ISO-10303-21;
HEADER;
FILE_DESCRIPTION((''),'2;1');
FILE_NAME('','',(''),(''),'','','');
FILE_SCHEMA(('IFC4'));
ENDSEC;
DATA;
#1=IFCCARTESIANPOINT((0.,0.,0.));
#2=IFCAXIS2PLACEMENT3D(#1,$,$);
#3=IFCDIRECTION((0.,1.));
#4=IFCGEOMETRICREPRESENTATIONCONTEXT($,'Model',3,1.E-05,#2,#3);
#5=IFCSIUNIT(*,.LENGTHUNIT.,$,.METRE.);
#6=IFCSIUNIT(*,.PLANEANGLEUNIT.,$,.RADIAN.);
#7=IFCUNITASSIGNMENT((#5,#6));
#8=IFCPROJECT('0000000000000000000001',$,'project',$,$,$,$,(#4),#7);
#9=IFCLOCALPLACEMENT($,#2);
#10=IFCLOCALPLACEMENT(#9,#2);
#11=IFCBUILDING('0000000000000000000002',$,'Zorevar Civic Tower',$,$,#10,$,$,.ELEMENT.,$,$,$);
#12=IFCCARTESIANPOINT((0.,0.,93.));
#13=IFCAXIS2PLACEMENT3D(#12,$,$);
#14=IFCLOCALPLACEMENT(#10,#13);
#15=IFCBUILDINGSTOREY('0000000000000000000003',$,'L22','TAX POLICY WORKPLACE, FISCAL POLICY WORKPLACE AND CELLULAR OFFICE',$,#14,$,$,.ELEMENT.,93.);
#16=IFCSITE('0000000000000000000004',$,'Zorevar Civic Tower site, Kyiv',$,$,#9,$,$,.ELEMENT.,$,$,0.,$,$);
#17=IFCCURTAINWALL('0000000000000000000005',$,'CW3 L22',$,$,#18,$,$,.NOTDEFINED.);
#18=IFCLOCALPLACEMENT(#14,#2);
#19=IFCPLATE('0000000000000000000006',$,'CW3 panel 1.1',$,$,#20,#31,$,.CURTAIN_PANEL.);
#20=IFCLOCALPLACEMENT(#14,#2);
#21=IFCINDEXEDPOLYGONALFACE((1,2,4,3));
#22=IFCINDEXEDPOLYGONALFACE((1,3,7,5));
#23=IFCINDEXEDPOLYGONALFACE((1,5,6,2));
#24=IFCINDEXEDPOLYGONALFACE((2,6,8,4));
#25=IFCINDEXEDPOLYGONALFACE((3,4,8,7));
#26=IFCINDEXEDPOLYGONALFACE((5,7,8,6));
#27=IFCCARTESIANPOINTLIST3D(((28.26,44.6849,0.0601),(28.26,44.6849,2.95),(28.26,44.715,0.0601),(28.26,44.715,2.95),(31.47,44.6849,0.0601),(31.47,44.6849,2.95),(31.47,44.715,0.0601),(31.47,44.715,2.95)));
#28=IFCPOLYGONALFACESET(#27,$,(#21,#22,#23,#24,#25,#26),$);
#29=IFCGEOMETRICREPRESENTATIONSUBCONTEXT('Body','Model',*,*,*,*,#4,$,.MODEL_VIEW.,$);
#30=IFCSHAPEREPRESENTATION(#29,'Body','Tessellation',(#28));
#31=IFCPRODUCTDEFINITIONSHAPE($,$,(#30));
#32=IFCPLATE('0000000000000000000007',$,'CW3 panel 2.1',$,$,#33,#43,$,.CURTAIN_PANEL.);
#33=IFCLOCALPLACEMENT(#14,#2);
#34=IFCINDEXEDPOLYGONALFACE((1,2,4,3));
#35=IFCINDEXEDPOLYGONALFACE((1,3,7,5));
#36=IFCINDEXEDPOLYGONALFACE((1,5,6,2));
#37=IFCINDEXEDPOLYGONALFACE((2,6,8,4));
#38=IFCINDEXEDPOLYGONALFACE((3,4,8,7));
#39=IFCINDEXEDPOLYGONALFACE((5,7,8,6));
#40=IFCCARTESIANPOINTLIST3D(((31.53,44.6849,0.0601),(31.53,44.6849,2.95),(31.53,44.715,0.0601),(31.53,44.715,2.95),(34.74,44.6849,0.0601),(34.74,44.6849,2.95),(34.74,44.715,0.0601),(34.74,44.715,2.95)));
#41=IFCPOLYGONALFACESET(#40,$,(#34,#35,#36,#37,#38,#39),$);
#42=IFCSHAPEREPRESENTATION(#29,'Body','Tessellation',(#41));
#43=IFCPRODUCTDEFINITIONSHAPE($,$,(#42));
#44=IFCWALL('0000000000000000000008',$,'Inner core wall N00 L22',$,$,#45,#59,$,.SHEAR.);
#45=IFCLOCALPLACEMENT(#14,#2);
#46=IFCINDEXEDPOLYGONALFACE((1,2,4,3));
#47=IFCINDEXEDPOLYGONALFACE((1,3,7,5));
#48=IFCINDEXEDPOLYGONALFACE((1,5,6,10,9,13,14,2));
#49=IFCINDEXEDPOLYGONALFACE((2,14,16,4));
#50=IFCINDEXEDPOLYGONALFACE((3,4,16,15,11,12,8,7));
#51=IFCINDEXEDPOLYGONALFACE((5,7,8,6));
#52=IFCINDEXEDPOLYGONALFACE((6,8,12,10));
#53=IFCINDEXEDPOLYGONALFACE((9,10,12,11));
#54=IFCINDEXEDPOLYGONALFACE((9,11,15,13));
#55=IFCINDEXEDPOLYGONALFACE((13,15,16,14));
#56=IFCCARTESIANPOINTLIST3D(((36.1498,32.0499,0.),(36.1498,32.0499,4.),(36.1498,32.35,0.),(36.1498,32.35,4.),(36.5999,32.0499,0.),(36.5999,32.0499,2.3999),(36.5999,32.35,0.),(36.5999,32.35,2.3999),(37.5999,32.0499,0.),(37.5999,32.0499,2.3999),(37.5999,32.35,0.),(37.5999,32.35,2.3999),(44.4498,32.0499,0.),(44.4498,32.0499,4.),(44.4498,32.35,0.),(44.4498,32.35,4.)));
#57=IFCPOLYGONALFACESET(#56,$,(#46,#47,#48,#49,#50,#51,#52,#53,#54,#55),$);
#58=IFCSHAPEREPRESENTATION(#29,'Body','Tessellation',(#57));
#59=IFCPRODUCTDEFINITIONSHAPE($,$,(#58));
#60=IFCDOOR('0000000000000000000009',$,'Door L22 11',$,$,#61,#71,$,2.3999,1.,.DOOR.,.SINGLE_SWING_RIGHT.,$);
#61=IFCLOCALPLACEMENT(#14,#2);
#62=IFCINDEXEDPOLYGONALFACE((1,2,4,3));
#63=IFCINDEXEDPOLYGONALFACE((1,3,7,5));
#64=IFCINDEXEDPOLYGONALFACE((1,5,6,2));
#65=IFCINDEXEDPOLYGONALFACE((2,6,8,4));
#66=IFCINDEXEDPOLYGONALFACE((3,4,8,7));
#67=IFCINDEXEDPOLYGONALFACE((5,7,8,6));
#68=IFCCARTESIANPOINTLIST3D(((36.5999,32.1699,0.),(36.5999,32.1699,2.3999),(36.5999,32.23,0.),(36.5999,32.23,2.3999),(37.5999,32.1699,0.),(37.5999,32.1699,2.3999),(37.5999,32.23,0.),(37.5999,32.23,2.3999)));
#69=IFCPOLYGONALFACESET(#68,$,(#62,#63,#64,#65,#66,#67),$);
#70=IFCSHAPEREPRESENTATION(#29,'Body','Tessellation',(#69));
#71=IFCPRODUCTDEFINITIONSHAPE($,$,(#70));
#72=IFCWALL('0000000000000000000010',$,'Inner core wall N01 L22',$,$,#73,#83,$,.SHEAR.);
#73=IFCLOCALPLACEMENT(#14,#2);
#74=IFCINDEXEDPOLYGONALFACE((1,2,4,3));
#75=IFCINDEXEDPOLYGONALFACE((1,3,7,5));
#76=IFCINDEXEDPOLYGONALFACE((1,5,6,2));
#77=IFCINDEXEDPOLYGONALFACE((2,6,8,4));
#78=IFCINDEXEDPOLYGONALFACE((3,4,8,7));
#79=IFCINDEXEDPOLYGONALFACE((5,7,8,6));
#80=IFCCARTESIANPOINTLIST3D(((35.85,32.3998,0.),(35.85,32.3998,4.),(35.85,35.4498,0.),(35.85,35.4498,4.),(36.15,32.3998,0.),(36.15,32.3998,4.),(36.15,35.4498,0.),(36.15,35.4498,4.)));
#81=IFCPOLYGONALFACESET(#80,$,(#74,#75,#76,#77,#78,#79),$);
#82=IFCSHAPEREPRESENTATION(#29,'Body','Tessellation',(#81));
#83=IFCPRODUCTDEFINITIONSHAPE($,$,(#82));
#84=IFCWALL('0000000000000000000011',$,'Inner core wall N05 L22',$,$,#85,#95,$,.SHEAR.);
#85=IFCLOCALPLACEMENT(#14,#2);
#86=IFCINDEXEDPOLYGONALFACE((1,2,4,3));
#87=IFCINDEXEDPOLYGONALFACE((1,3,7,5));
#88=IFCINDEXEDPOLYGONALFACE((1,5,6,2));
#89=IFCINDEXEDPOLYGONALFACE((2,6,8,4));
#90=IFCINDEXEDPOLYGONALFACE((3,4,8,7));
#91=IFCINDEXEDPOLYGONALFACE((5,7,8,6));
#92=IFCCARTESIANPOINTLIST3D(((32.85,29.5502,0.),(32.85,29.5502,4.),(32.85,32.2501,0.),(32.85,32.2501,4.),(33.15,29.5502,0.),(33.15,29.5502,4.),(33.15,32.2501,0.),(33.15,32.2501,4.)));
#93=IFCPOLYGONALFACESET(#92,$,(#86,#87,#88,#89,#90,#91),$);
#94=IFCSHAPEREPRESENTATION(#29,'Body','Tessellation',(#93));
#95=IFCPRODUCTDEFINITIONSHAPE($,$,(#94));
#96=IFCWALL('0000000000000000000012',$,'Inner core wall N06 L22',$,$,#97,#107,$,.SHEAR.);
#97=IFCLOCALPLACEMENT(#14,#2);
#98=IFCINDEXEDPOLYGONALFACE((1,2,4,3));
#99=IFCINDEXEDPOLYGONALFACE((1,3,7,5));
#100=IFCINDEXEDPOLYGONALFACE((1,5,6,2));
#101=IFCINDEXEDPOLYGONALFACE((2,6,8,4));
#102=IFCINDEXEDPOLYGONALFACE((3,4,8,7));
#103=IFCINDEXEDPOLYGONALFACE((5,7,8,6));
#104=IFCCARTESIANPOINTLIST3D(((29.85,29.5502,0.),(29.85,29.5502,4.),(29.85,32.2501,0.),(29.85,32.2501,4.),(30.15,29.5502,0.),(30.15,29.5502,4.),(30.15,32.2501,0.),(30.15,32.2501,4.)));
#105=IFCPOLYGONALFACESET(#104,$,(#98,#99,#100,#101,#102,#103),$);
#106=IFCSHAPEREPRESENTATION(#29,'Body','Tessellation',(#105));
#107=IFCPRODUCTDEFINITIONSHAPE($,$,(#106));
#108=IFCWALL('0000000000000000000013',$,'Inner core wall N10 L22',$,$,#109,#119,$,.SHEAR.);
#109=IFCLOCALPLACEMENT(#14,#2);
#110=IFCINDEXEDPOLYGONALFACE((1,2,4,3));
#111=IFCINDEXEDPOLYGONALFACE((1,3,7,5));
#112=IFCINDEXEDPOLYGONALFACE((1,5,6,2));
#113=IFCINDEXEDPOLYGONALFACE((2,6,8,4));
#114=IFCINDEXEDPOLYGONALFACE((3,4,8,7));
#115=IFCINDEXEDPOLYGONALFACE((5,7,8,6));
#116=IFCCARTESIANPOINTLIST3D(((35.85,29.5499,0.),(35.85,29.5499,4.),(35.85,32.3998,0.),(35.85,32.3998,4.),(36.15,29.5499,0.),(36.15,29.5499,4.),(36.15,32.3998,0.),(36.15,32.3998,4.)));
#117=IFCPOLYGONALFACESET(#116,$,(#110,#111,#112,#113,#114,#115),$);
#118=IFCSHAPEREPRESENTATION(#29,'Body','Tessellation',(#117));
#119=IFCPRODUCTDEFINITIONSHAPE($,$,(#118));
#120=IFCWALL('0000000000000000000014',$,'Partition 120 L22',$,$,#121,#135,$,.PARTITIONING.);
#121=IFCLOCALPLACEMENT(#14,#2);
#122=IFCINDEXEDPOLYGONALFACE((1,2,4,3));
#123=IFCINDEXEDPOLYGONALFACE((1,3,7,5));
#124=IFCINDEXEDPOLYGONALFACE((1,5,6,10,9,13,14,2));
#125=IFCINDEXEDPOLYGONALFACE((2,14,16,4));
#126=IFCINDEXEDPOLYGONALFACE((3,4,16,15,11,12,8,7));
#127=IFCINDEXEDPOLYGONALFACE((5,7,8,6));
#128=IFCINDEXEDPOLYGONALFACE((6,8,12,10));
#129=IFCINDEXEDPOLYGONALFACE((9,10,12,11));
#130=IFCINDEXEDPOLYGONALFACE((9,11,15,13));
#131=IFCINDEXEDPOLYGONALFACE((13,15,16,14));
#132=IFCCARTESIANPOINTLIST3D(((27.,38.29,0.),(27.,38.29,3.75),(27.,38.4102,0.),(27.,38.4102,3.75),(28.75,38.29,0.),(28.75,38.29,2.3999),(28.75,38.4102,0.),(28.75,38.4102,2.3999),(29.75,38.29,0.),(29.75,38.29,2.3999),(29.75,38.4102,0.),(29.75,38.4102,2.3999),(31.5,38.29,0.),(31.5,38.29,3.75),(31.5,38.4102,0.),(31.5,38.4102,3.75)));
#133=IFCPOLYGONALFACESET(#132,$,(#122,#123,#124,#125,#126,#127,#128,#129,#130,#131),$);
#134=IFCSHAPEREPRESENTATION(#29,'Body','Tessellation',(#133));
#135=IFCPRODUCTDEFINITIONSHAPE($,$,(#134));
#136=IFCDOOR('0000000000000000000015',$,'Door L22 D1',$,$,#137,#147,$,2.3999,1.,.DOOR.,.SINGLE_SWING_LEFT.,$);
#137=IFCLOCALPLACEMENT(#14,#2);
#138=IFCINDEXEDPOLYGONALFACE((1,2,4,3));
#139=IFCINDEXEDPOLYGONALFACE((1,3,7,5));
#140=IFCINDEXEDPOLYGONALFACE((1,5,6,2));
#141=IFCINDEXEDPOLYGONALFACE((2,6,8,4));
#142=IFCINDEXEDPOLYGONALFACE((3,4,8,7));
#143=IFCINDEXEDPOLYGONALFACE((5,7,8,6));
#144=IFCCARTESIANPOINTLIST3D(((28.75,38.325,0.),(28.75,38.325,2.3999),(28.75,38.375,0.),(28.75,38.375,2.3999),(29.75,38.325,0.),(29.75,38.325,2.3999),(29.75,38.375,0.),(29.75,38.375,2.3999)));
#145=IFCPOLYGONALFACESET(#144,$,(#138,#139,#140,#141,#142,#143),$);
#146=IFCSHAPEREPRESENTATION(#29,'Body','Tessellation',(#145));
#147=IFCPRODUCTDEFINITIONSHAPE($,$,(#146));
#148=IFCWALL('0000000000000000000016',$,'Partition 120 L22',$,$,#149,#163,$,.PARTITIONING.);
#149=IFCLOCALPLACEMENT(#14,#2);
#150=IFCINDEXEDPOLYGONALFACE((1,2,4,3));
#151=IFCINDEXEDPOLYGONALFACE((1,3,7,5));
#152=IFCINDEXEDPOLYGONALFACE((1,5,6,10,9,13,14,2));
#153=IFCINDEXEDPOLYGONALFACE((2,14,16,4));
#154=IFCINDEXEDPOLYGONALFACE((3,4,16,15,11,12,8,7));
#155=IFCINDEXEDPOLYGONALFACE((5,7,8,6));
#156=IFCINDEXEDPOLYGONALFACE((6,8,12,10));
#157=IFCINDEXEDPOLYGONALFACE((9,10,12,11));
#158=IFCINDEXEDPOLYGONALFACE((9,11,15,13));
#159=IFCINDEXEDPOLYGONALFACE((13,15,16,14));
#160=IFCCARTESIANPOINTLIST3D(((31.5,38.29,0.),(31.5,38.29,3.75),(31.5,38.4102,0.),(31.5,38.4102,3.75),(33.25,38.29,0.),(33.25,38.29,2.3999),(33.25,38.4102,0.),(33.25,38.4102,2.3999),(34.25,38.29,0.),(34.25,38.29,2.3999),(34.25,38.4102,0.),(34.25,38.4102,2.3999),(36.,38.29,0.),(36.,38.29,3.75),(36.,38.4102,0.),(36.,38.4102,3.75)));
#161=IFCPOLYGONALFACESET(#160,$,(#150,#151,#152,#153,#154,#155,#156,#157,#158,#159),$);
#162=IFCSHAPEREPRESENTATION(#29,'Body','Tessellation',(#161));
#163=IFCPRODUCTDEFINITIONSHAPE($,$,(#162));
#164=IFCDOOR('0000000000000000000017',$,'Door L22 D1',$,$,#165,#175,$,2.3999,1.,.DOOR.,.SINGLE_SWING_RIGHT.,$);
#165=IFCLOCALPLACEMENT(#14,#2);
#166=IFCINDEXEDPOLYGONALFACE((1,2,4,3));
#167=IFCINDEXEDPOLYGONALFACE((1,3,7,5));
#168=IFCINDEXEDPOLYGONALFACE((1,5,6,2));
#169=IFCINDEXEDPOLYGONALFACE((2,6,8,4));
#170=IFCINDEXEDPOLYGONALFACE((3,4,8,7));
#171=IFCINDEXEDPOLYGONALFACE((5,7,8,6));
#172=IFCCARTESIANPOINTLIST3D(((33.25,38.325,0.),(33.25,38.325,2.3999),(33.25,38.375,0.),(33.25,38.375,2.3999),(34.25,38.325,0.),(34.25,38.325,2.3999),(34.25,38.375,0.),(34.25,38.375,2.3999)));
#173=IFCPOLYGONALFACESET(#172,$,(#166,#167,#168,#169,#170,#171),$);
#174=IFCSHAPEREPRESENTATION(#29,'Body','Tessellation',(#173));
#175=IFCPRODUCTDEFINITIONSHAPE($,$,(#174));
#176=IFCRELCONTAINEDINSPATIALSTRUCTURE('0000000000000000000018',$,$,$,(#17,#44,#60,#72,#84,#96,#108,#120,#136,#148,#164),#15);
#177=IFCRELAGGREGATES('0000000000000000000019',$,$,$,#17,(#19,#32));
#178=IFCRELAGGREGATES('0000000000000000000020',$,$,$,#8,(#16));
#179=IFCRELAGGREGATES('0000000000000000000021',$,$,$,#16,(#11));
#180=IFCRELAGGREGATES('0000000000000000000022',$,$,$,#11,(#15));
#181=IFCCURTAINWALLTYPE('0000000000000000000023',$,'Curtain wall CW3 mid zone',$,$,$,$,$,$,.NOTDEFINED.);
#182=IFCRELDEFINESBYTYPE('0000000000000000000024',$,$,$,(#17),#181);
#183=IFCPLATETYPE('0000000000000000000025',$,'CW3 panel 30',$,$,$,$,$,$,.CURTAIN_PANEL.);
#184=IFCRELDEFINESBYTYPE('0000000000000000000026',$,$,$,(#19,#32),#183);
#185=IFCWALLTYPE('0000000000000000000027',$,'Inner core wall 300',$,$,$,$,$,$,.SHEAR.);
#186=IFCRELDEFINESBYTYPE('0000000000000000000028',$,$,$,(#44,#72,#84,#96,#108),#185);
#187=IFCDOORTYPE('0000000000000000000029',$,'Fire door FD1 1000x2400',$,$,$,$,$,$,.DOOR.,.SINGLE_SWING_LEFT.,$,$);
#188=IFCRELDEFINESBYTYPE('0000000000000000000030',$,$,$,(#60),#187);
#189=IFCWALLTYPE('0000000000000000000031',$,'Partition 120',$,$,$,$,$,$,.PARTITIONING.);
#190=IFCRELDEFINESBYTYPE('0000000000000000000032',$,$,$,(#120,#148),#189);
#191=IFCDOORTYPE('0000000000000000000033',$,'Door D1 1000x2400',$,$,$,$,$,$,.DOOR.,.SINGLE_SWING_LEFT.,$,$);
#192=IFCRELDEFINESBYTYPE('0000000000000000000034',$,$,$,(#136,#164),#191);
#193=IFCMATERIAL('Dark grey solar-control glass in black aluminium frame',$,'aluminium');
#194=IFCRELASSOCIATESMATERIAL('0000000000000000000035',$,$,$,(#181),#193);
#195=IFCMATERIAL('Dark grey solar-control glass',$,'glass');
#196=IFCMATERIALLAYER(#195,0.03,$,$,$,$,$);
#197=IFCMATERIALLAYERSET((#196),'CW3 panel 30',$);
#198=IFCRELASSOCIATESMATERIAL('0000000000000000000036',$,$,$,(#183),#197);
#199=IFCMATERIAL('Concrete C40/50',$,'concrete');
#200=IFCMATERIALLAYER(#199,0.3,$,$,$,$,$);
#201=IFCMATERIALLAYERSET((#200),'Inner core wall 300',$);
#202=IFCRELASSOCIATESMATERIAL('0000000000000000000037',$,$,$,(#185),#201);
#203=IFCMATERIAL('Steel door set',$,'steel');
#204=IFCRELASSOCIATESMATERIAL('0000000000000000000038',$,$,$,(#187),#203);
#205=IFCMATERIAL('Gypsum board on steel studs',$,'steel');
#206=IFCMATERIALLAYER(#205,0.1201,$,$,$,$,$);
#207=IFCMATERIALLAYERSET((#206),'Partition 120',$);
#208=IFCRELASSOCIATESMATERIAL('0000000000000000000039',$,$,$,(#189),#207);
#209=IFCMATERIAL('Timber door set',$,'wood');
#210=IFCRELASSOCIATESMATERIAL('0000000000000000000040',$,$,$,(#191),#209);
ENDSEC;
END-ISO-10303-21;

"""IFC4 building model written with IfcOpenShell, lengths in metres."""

from ifc_helpers import new_model, si_unit, direction, frame, frame_2d, origin, origin_2d, place, context, subcontext, project, spatial, rectangle, extrude, material, layer, layer_set, type_object, element, fill, aggregate, save


model = new_model("IFC4")

# Units and contexts
model_context = context("Model", 3, precision=1e-05, world=origin(), true_north=direction((0.0, 1.0)))
body_context = subcontext(model_context, "Body", "Model", "MODEL_VIEW")
ifc_project = project(units=[si_unit("LENGTHUNIT", "METRE"), si_unit("PLANEANGLEUNIT", "RADIAN")], contexts=[model_context])

# Site, building, storey
site_placement = place(None, origin())
site = spatial("IfcSite", under=ifc_project, at=site_placement, Name="Zorevar Civic Tower site, Kyiv", CompositionType="ELEMENT", RefElevation=0.0)
building_placement = place(site_placement, origin())
building = spatial("IfcBuilding", under=site, at=building_placement, Name="Zorevar Civic Tower", CompositionType="ELEMENT")
storey_placement = place(building_placement, frame((0.0, 0.0, 93.0)))
storey = spatial("IfcBuildingStorey", under=building, at=storey_placement, Name="L22", Description="TAX POLICY WORKPLACE, FISCAL POLICY WORKPLACE AND CELLULAR OFFICE", CompositionType="ELEMENT", Elevation=93.0)

# Curtain wall
ifc_material_1 = material(Name="Dark grey solar-control glass in black aluminium frame", Category="aluminium")
curtain_wall_type = type_object("IfcCurtainWallType", Name="Curtain wall CW3 mid zone", PredefinedType="NOTDEFINED", material=ifc_material_1)
curtain_wall_placement = place(storey_placement, origin())
curtain_wall = element("IfcCurtainWall", 1, at=curtain_wall_placement, inside=storey, type_object=curtain_wall_type, Name="CW3 L22", PredefinedType="NOTDEFINED")

# Plates
ifc_material_2 = material(Name="Dark grey solar-control glass", Category="glass")
ifc_layer_1 = layer(ifc_material_2, 0.03)
ifc_layer_set_1 = layer_set([ifc_layer_1], Name="CW3 panel 30")
plate_type = type_object("IfcPlateType", Name="CW3 panel 30", PredefinedType="CURTAIN_PANEL", material=ifc_layer_set_1)
plate_1_placement = place(storey_placement, frame((29.865, 44.7, 0.0601), z_axis=(0.0, 0.0, 1.0), x_axis=(1.0, 0.0, 0.0)))
plate_1 = element("IfcPlate", 2, at=plate_1_placement, type_object=plate_type, Name="CW3 panel 1.1", PredefinedType="CURTAIN_PANEL", context=body_context, shape_type="SweptSolid", body=[
    extrude(rectangle(XDim=3.21, YDim=0.03, at=origin_2d()), origin(), (0.0, 0.0, 1.0), 2.8899),
])
plate_2_placement = place(storey_placement, frame((33.135, 44.7, 0.0601), z_axis=(0.0, 0.0, 1.0), x_axis=(1.0, 0.0, 0.0)))
plate_2 = element("IfcPlate", 3, at=plate_2_placement, type_object=plate_type, Name="CW3 panel 2.1", PredefinedType="CURTAIN_PANEL", context=body_context, shape_type="SweptSolid", body=[
    extrude(rectangle(XDim=3.21, YDim=0.03, at=origin_2d()), origin(), (0.0, 0.0, 1.0), 2.8899),
])
aggregate(curtain_wall, [plate_1, plate_2])

# Wall, opening, door
ifc_material_3 = material(Name="Concrete C40/50", Category="concrete")
ifc_layer_2 = layer(ifc_material_3, 0.3)
ifc_layer_set_2 = layer_set([ifc_layer_2], Name="Inner core wall 300")
wall_type_1 = type_object("IfcWallType", Name="Inner core wall 300", PredefinedType="SHEAR", material=ifc_layer_set_2)
wall_1_placement = place(storey_placement, frame((36.1499, 32.2, 0.0), z_axis=(0.0, 0.0, 1.0), x_axis=(1.0, 0.0, 0.0)))
wall_1 = element("IfcWall", 4, at=wall_1_placement, inside=storey, type_object=wall_type_1, Name="Inner core wall N00 L22", PredefinedType="SHEAR", context=body_context, shape_type="SweptSolid", body=[
    extrude(rectangle(XDim=8.3, YDim=0.3, at=frame_2d((4.1499, 0.0))), origin(), (0.0, 0.0, 1.0), 4.0),
])
opening_1_placement = place(wall_1_placement, frame((0.45, 0.0, 0.0)))
opening_1 = element("IfcOpeningElement", 5, at=opening_1_placement, cuts=wall_1, PredefinedType="OPENING", context=body_context, shape_type="SweptSolid", body=[
    extrude(rectangle(XDim=1.0, YDim=2.3999, at=frame_2d((0.5, 1.2))), frame((0.0, 0.1599, 0.0), z_axis=(0.0, -1.0, 0.0), x_axis=(1.0, 0.0, 0.0)), (0.0, 0.0, 1.0), 0.3201),
])
ifc_material_4 = material(Name="Steel door set", Category="steel")
door_type_1 = type_object("IfcDoorType", Name="Fire door FD1 1000x2400", OperationType="SINGLE_SWING_LEFT", PredefinedType="DOOR", material=ifc_material_4)
door_1_placement = place(opening_1_placement, origin())
door_1 = element("IfcDoor", 6, at=door_1_placement, inside=storey, type_object=door_type_1, Name="Door L22 11", OperationType="SINGLE_SWING_RIGHT", OverallHeight=2.3999, OverallWidth=1.0, PredefinedType="DOOR", context=body_context, shape_type="SweptSolid", body=[
    extrude(rectangle(XDim=1.0, YDim=2.3999, at=frame_2d((0.5, 1.2))), frame((0.0, 0.03, 0.0), z_axis=(0.0, -1.0, 0.0), x_axis=(1.0, 0.0, 0.0)), (0.0, 0.0, 1.0), 0.0601),
])
fill(opening_1, door_1)

# Walls
wall_2_placement = place(storey_placement, frame((36.0, 32.3999, 0.0), z_axis=(0.0, 0.0, 1.0), x_axis=(0.0, 1.0, 0.0)))
element("IfcWall", 7, at=wall_2_placement, inside=storey, type_object=wall_type_1, Name="Inner core wall N01 L22", PredefinedType="SHEAR", context=body_context, shape_type="SweptSolid", body=[
    extrude(rectangle(XDim=3.05, YDim=0.3, at=frame_2d((1.5249, 0.0))), origin(), (0.0, 0.0, 1.0), 4.0),
])
for number, where, z_axis, x_axis, name in (
    (8, (33.0, 29.55, 0.0), (0.0, 0.0, 1.0), (0.0, 1.0, 0.0), "Inner core wall N05 L22"),
    (9, (30.0, 29.55, 0.0), (0.0, 0.0, 1.0), (0.0, 1.0, 0.0), "Inner core wall N06 L22"),
):
    element("IfcWall", number, at=place(storey_placement, frame(where, z_axis=z_axis, x_axis=x_axis)), inside=storey, type_object=wall_type_1, Name=name, PredefinedType="SHEAR", context=body_context, shape_type="SweptSolid", body=[
        extrude(rectangle(XDim=2.7, YDim=0.3, at=frame_2d((1.3501, 0.0))), origin(), (0.0, 0.0, 1.0), 4.0),
    ])
wall_3_placement = place(storey_placement, frame((36.0, 29.55, 0.0), z_axis=(0.0, 0.0, 1.0), x_axis=(0.0, 1.0, 0.0)))
element("IfcWall", 10, at=wall_3_placement, inside=storey, type_object=wall_type_1, Name="Inner core wall N10 L22", PredefinedType="SHEAR", context=body_context, shape_type="SweptSolid", body=[
    extrude(rectangle(XDim=2.8499, YDim=0.3, at=frame_2d((1.4248, 0.0))), origin(), (0.0, 0.0, 1.0), 4.0),
])

# Walls, openings, doors
ifc_material_5 = material(Name="Gypsum board on steel studs", Category="steel")
ifc_layer_3 = layer(ifc_material_5, 0.1201)
ifc_layer_set_3 = layer_set([ifc_layer_3], Name="Partition 120")
wall_type_2 = type_object("IfcWallType", Name="Partition 120", PredefinedType="PARTITIONING", material=ifc_layer_set_3)
wall_4_placement = place(storey_placement, frame((27.0, 38.3501, 0.0), z_axis=(0.0, 0.0, 1.0), x_axis=(1.0, 0.0, 0.0)))
wall_4 = element("IfcWall", 11, at=wall_4_placement, inside=storey, type_object=wall_type_2, Name="Partition 120 L22", PredefinedType="PARTITIONING", context=body_context, shape_type="SweptSolid", body=[
    extrude(rectangle(XDim=4.5, YDim=0.1201, at=frame_2d((2.25, 0.0))), origin(), (0.0, 0.0, 1.0), 3.75),
])
opening_2_placement = place(wall_4_placement, frame((1.75, 0.0, 0.0)))
opening_2 = element("IfcOpeningElement", 12, at=opening_2_placement, cuts=wall_4, PredefinedType="OPENING", context=body_context, shape_type="SweptSolid", body=[
    extrude(rectangle(XDim=1.0, YDim=2.3999, at=frame_2d((0.5, 1.2))), frame((0.0, 0.0701, 0.0), z_axis=(0.0, -1.0, 0.0), x_axis=(1.0, 0.0, 0.0)), (0.0, 0.0, 1.0), 0.1401),
])
ifc_material_6 = material(Name="Timber door set", Category="wood")
door_type_2 = type_object("IfcDoorType", Name="Door D1 1000x2400", OperationType="SINGLE_SWING_LEFT", PredefinedType="DOOR", material=ifc_material_6)
door_2_placement = place(opening_2_placement, origin())
door_2 = element("IfcDoor", 13, at=door_2_placement, inside=storey, type_object=door_type_2, Name="Door L22 D1", OperationType="SINGLE_SWING_LEFT", OverallHeight=2.3999, OverallWidth=1.0, PredefinedType="DOOR", context=body_context, shape_type="SweptSolid", body=[
    extrude(rectangle(XDim=1.0, YDim=2.3999, at=frame_2d((0.5, 1.2))), frame((0.0, 0.0249, 0.0), z_axis=(0.0, -1.0, 0.0), x_axis=(1.0, 0.0, 0.0)), (0.0, 0.0, 1.0), 0.05),
])
fill(opening_2, door_2)
wall_5_placement = place(storey_placement, frame((31.5, 38.3501, 0.0), z_axis=(0.0, 0.0, 1.0), x_axis=(1.0, 0.0, 0.0)))
wall_5 = element("IfcWall", 14, at=wall_5_placement, inside=storey, type_object=wall_type_2, Name="Partition 120 L22", PredefinedType="PARTITIONING", context=body_context, shape_type="SweptSolid", body=[
    extrude(rectangle(XDim=4.5, YDim=0.1201, at=frame_2d((2.25, 0.0))), origin(), (0.0, 0.0, 1.0), 3.75),
])
opening_3_placement = place(wall_5_placement, frame((1.75, 0.0, 0.0)))
opening_3 = element("IfcOpeningElement", 15, at=opening_3_placement, cuts=wall_5, PredefinedType="OPENING", context=body_context, shape_type="SweptSolid", body=[
    extrude(rectangle(XDim=1.0, YDim=2.3999, at=frame_2d((0.5, 1.2))), frame((0.0, 0.0701, 0.0), z_axis=(0.0, -1.0, 0.0), x_axis=(1.0, 0.0, 0.0)), (0.0, 0.0, 1.0), 0.1401),
])
door_3_placement = place(opening_3_placement, origin())
door_3 = element("IfcDoor", 16, at=door_3_placement, inside=storey, type_object=door_type_2, Name="Door L22 D1", OperationType="SINGLE_SWING_RIGHT", OverallHeight=2.3999, OverallWidth=1.0, PredefinedType="DOOR", context=body_context, shape_type="SweptSolid", body=[
    extrude(rectangle(XDim=1.0, YDim=2.3999, at=frame_2d((0.5, 1.2))), frame((0.0, 0.0249, 0.0), z_axis=(0.0, -1.0, 0.0), x_axis=(1.0, 0.0, 0.0)), (0.0, 0.0, 1.0), 0.05),
])
fill(opening_3, door_3)

save(model, "model.ifc")
